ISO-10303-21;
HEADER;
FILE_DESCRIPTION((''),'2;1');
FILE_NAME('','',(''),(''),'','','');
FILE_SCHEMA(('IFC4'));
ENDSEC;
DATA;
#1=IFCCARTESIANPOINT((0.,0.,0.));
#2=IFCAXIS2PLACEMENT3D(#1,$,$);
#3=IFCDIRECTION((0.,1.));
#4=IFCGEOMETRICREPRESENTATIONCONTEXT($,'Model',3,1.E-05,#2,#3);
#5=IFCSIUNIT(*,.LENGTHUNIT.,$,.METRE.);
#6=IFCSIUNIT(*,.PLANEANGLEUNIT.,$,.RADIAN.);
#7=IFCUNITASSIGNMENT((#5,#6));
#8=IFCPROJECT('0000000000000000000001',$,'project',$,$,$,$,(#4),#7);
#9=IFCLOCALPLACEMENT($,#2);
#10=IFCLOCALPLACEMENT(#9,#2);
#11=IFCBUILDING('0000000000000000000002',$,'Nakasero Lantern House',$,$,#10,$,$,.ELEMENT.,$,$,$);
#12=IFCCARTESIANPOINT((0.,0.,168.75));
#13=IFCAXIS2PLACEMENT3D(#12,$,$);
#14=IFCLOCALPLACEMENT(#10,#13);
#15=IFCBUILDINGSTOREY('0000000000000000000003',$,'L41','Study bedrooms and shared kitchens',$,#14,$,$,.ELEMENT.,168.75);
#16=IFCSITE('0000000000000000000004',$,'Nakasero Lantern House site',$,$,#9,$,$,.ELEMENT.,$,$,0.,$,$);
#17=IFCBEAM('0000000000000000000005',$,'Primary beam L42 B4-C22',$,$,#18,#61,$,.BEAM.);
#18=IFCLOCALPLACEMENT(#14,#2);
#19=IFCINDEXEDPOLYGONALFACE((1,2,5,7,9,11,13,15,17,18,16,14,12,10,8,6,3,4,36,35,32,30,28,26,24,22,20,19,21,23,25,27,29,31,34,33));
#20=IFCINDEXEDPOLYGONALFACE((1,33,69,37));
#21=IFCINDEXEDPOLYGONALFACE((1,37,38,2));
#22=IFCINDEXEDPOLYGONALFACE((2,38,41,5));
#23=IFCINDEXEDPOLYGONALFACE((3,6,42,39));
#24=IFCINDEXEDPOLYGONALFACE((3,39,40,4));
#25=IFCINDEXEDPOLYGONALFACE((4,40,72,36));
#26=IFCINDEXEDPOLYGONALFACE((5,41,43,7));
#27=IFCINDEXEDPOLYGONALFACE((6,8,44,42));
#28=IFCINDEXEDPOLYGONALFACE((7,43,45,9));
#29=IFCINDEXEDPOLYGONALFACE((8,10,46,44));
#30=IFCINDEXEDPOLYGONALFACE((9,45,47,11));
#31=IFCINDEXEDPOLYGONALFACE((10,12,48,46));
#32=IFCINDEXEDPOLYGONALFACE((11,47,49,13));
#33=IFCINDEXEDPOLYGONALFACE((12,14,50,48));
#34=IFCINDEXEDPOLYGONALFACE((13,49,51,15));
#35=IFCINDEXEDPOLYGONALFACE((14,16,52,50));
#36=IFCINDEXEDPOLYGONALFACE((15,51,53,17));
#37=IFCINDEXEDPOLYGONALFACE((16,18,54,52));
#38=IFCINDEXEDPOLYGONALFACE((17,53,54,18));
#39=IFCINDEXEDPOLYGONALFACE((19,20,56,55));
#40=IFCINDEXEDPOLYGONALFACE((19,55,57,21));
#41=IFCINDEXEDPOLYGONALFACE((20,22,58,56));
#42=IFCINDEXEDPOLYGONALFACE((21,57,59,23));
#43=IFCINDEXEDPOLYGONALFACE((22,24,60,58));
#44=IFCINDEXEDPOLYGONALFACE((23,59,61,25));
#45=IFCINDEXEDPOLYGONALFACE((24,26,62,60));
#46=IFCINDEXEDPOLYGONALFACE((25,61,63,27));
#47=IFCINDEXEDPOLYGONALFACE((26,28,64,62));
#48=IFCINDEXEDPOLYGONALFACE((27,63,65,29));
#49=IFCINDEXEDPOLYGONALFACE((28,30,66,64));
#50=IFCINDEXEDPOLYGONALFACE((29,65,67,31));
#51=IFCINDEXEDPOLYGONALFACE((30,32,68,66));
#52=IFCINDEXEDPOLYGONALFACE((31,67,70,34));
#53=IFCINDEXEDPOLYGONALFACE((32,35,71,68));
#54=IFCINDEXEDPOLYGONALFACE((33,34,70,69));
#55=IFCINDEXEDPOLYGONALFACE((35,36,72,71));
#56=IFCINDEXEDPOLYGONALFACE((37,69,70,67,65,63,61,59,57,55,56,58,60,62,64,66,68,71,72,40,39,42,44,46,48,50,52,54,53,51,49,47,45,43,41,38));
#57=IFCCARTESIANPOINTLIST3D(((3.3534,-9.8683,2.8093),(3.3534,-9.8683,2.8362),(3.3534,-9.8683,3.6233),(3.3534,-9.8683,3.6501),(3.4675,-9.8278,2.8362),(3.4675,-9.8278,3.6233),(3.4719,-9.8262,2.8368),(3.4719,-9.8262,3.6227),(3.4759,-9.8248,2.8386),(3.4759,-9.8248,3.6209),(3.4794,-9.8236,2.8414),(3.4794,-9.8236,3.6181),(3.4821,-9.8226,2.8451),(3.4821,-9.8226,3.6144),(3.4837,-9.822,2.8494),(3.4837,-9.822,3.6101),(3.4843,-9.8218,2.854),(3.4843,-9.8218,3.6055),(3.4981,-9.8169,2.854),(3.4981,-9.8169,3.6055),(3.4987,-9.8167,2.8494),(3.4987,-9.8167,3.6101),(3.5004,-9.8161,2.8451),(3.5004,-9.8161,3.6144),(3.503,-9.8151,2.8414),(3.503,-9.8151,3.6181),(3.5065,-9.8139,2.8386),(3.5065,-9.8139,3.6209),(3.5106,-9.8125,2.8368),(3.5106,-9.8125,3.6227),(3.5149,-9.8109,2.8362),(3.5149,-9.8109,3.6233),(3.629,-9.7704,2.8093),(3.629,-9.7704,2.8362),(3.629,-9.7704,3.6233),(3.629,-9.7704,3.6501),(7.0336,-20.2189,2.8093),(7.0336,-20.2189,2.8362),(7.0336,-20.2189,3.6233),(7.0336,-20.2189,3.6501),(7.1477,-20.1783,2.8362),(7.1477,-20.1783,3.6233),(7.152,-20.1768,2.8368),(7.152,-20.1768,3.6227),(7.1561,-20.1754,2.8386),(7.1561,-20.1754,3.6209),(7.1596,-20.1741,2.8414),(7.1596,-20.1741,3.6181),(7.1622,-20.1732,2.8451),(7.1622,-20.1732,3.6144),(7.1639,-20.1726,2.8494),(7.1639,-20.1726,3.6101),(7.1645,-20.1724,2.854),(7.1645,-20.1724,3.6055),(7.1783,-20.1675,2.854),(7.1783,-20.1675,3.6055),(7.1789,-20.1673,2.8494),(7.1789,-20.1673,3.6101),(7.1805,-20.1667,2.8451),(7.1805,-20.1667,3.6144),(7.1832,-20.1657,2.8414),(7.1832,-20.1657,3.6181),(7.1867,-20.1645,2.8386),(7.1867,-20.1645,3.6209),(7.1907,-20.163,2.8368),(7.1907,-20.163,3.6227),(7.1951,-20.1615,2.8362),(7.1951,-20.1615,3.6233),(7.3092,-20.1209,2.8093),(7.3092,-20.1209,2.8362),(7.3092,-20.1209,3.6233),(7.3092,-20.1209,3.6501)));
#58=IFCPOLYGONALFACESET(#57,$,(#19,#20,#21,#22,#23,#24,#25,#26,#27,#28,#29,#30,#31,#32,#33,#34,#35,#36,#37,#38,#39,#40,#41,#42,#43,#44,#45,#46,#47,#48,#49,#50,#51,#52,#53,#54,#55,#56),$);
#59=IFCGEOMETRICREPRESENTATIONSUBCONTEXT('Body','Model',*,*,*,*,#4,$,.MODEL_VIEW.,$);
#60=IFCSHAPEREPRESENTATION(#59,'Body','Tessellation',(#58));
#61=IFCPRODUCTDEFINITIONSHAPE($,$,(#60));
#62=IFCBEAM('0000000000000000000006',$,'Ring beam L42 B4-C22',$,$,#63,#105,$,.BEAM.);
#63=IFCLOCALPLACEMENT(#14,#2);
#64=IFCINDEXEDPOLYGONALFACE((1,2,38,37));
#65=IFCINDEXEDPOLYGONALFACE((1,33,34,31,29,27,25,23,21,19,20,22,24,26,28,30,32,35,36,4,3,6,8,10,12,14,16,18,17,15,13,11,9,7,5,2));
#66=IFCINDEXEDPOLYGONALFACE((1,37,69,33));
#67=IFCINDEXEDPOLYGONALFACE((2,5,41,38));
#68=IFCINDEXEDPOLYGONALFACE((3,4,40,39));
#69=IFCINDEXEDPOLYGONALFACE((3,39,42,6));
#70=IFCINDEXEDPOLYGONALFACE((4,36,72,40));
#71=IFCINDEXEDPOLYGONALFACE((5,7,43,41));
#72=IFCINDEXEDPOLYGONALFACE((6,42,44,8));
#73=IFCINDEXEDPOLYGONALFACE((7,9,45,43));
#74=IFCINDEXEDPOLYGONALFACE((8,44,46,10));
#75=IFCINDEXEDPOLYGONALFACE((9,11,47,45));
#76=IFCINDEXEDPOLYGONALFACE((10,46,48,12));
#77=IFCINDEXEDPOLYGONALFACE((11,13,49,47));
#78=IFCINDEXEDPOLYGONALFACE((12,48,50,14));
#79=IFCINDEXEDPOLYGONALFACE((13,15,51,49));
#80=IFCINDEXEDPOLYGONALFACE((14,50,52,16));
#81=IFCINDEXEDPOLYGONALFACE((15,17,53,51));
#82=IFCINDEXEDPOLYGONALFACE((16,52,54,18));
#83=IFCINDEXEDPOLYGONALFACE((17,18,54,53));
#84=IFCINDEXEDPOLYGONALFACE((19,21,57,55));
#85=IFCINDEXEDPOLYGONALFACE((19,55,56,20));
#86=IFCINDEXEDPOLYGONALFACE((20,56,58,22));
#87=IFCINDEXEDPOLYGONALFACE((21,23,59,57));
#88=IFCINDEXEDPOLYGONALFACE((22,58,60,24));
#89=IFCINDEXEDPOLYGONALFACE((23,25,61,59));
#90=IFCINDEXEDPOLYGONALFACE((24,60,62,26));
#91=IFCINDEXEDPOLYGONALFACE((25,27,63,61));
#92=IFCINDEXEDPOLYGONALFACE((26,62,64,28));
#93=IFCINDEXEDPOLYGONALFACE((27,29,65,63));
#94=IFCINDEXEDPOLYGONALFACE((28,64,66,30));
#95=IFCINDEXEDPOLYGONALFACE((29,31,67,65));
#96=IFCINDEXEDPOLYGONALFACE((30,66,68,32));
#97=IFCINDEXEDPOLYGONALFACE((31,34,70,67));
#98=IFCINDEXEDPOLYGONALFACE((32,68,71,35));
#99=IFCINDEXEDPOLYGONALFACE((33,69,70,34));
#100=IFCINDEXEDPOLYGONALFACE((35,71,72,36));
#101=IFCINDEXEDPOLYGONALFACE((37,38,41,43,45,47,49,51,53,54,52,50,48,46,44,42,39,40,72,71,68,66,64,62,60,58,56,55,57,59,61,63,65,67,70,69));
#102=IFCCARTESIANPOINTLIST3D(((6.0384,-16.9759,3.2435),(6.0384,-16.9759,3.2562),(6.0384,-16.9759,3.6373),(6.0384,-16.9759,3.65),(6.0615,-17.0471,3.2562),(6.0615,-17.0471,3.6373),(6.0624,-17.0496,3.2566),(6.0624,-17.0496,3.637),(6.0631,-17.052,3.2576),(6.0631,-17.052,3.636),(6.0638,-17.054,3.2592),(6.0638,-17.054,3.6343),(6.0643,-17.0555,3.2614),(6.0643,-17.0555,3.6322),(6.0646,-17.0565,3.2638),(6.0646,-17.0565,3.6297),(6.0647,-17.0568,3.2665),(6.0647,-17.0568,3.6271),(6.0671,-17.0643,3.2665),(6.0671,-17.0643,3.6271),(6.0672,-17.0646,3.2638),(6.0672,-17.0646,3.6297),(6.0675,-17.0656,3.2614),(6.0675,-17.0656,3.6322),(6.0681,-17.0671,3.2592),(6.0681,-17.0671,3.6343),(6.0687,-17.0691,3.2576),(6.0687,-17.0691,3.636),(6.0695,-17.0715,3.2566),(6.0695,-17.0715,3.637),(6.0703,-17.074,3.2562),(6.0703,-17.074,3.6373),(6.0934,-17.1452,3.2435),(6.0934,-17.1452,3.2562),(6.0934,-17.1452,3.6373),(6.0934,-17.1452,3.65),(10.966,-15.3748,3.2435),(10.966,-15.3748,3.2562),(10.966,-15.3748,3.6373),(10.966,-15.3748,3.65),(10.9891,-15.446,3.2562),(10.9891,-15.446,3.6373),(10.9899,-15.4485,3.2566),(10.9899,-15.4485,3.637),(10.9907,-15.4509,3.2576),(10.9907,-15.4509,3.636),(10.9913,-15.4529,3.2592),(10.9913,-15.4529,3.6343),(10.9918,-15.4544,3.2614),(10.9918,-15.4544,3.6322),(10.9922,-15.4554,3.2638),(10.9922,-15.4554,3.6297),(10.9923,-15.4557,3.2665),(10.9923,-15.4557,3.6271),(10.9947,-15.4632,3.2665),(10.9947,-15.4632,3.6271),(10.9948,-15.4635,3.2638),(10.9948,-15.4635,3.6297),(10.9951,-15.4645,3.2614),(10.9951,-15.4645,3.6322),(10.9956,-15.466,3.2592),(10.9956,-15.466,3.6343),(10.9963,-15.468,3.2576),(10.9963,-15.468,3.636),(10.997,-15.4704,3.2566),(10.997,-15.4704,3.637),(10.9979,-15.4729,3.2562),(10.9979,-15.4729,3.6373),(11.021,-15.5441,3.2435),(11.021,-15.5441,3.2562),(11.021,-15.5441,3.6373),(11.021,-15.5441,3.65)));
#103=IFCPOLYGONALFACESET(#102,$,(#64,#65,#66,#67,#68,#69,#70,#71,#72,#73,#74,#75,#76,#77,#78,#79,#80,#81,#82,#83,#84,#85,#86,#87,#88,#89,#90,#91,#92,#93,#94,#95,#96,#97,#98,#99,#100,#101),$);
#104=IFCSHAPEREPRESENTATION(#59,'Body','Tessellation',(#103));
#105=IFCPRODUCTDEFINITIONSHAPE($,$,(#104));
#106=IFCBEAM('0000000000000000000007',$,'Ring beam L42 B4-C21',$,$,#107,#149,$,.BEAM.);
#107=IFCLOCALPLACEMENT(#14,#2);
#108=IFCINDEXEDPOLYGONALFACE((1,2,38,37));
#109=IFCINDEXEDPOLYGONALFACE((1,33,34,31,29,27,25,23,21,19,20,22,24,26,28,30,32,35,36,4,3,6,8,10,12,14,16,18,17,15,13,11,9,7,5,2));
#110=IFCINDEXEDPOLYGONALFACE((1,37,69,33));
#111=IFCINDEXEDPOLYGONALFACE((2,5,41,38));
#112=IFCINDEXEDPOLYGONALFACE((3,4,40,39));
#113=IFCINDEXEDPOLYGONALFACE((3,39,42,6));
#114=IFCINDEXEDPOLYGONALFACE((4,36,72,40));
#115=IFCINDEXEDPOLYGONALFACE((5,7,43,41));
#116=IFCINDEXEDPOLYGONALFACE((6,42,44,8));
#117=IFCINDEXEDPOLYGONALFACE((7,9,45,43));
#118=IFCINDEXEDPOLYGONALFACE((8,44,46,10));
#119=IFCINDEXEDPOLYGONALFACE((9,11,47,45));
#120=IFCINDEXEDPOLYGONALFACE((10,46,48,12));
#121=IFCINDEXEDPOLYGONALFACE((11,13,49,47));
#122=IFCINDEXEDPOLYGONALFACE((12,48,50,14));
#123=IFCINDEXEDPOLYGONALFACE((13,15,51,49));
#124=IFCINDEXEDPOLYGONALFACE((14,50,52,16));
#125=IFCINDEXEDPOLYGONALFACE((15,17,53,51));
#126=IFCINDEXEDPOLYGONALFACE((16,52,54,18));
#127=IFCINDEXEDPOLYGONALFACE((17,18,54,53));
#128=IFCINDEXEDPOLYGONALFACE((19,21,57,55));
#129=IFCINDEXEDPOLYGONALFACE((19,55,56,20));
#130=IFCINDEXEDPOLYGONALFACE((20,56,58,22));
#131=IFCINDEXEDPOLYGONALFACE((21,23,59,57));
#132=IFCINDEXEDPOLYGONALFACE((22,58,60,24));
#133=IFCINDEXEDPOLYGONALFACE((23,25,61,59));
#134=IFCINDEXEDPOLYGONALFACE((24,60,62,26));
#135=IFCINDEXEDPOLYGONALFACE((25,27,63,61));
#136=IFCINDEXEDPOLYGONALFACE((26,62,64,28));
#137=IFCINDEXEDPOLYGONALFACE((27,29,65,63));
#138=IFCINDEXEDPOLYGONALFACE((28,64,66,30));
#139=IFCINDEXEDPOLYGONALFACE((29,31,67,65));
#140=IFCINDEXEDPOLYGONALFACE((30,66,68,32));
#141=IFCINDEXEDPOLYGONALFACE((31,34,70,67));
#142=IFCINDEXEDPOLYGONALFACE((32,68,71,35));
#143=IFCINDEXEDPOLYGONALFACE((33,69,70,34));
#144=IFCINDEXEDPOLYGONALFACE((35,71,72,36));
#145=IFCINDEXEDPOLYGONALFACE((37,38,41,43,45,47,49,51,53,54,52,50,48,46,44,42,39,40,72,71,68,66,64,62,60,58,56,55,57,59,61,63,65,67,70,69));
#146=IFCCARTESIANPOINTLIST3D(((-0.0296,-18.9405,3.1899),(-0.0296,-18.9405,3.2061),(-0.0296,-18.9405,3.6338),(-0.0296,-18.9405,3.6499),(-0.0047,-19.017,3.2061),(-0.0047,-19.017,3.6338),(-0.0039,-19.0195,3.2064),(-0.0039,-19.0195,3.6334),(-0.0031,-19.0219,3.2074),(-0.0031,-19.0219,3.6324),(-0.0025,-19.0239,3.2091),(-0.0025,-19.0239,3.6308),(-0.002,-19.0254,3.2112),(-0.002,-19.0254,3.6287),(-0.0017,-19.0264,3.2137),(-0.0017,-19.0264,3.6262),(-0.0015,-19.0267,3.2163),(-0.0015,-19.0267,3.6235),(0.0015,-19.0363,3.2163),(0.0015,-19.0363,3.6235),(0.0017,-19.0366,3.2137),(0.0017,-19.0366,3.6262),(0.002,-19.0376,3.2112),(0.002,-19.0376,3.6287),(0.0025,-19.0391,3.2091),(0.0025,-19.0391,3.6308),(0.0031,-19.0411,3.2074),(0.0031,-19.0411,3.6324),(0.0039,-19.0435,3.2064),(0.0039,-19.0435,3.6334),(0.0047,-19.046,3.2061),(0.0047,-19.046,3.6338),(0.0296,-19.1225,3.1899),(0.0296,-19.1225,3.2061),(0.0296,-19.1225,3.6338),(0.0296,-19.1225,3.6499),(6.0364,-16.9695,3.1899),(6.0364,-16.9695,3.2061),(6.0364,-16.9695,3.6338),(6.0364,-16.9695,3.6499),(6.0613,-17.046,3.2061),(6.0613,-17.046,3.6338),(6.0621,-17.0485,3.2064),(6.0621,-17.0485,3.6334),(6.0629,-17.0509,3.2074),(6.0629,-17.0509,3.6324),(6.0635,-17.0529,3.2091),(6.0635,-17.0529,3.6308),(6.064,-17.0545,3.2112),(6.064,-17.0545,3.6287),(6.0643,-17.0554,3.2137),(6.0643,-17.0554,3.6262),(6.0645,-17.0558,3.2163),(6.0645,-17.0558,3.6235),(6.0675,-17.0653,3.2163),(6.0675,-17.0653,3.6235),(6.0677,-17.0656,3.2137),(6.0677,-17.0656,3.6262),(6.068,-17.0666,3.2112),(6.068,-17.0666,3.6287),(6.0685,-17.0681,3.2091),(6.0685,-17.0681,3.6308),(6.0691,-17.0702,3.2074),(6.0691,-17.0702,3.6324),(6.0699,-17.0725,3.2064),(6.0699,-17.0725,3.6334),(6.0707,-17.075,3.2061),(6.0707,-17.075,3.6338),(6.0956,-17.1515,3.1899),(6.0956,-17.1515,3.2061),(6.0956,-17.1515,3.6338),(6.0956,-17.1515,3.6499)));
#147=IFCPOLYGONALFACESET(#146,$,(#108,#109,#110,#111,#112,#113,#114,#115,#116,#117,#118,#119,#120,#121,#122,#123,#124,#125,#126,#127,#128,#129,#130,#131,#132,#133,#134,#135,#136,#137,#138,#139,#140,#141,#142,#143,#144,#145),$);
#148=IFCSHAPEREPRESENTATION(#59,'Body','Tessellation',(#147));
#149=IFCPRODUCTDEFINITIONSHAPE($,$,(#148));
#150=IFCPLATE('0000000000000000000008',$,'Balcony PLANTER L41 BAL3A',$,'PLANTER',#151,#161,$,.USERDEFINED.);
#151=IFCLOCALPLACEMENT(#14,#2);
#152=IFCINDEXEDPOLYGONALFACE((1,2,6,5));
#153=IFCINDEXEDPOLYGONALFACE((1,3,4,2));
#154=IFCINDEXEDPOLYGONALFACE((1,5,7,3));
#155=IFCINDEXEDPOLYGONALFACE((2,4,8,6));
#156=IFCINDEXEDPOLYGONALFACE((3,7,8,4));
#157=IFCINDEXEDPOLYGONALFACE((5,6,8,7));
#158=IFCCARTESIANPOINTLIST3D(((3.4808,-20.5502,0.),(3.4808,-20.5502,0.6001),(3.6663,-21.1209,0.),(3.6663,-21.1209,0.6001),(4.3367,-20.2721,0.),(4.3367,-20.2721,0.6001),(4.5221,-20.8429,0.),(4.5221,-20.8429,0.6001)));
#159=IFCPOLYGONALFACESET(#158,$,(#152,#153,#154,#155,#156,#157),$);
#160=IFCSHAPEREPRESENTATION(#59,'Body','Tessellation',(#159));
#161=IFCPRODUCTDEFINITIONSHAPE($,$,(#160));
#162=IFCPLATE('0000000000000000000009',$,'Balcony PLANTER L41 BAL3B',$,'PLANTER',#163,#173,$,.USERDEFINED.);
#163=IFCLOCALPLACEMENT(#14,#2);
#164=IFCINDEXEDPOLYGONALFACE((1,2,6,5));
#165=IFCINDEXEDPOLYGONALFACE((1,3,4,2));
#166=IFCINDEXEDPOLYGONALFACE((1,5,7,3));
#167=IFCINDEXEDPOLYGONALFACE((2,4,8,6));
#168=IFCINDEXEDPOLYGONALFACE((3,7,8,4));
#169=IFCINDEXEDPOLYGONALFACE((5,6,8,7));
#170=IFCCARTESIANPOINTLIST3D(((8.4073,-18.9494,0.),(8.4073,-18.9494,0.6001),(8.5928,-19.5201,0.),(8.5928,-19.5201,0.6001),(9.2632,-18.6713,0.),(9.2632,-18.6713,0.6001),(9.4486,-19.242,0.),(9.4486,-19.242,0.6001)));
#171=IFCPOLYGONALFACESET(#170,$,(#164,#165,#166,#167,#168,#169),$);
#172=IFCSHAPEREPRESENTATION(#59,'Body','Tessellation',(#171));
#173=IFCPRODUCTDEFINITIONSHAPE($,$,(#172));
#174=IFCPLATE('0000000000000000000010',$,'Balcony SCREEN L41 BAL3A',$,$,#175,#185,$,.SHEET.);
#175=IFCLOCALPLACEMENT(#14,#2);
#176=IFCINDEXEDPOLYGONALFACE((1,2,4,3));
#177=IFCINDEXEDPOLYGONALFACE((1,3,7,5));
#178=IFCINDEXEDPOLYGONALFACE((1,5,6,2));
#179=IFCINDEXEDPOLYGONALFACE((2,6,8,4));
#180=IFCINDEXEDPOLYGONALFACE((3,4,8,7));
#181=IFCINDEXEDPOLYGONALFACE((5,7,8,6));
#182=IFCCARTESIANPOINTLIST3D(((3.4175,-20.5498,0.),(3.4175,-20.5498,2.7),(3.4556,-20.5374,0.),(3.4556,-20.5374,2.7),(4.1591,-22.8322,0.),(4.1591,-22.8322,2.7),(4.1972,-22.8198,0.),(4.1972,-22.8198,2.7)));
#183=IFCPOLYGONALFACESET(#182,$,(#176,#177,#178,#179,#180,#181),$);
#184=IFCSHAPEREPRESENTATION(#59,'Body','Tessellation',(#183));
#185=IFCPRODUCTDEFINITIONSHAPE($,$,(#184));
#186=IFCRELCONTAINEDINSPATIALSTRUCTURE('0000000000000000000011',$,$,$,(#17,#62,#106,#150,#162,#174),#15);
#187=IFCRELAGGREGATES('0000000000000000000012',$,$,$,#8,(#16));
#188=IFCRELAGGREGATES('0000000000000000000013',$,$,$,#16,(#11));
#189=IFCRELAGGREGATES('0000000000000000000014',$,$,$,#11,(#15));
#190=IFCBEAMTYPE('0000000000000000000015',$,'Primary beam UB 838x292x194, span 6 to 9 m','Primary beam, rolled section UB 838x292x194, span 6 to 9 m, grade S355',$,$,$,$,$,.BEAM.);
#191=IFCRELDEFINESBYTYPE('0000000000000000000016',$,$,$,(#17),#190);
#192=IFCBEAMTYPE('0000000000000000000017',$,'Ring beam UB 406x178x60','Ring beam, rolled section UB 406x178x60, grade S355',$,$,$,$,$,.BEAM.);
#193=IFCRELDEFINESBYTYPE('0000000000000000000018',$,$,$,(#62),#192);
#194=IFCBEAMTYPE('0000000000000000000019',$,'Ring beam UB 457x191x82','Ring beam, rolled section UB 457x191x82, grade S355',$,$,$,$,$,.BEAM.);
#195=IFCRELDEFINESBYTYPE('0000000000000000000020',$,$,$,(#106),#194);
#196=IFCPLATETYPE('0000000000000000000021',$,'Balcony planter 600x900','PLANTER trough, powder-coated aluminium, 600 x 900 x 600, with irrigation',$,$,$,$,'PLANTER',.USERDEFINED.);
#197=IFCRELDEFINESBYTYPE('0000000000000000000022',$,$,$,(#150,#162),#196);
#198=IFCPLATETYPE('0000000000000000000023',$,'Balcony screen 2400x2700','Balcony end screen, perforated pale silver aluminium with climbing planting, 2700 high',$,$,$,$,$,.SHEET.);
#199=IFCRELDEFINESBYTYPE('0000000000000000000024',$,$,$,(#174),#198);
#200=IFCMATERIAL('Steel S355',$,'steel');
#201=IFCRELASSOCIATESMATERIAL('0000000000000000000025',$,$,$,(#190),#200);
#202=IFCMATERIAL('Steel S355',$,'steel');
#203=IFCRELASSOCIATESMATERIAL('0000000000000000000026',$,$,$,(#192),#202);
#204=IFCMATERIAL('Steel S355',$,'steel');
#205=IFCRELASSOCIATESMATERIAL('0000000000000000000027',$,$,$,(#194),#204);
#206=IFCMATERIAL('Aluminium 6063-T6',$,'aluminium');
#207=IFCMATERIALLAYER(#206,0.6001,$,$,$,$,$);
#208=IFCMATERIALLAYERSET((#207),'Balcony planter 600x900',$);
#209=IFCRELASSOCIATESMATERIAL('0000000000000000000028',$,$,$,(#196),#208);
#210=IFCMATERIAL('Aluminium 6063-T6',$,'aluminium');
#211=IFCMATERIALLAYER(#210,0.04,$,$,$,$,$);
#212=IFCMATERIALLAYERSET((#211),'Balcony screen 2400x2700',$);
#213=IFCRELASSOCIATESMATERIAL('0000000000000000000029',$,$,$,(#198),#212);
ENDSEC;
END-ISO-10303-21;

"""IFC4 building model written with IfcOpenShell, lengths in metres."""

from ifc_helpers import new_model, si_unit, direction, frame, origin, origin_2d, place, context, subcontext, project, spatial, rectangle, i_section, extrude, material, layer, layer_set, material_profile, profile_set, type_object, element, save


model = new_model("IFC4")

# Units and contexts
model_context = context("Model", 3, precision=1e-05, world=origin(), true_north=direction((0.0, 1.0)))
body_context = subcontext(model_context, "Body", "Model", "MODEL_VIEW")
ifc_project = project(units=[si_unit("LENGTHUNIT", "METRE"), si_unit("PLANEANGLEUNIT", "RADIAN")], contexts=[model_context])

# Site, building, storey
site_placement = place(None, origin())
site = spatial("IfcSite", under=ifc_project, at=site_placement, Name="Nakasero Lantern House site", CompositionType="ELEMENT", RefElevation=0.0)
building_placement = place(site_placement, origin())
building = spatial("IfcBuilding", under=site, at=building_placement, Name="Nakasero Lantern House", CompositionType="ELEMENT")
storey_placement = place(building_placement, frame((0.0, 0.0, 168.75)))
storey = spatial("IfcBuildingStorey", under=building, at=storey_placement, Name="L41", Description="Study bedrooms and shared kitchens", CompositionType="ELEMENT", Elevation=168.75)

# Beams
ifc_material_1 = material(Name="Steel S355", Category="steel")
ifc_material_profile_1 = material_profile(ifc_material_1, i_section(OverallWidth=0.2925, OverallDepth=0.8408, WebThickness=0.0146, FlangeThickness=0.0269, FilletRadius=0.0178, at=origin_2d()), Name="UB 838x292x194")
ifc_profile_set_1 = profile_set([ifc_material_profile_1], Name="Steel S355")
beam_type_1 = type_object("IfcBeamType", Name="Primary beam UB 838x292x194, span 6 to 9 m", Description="Primary beam, rolled section UB 838x292x194, span 6 to 9 m, grade S355", PredefinedType="BEAM", material=ifc_profile_set_1)
beam_1_placement = place(storey_placement, frame((7.1714, -20.1699, 3.2297), z_axis=(-0.335007, 0.942216, 0.0), x_axis=(-0.942216, -0.335007, 0.0)))
element("IfcBeam", 1, at=beam_1_placement, inside=storey, type_object=beam_type_1, Name="Primary beam L42 B4-C22", PredefinedType="BEAM", context=body_context, shape_type="SweptSolid", body=[
    extrude(i_section(OverallWidth=0.2925, OverallDepth=0.8408, WebThickness=0.0146, FlangeThickness=0.0269, FilletRadius=0.0178, at=origin_2d()), origin(), (0.0, 0.0, 1.0), 10.9854),
])
ifc_material_2 = material(Name="Steel S355", Category="steel")
ifc_material_profile_2 = material_profile(ifc_material_2, i_section(OverallWidth=0.178, OverallDepth=0.4065, WebThickness=0.0078, FlangeThickness=0.0127, FilletRadius=0.0103, at=origin_2d()), Name="UB 406x178x60")
ifc_profile_set_2 = profile_set([ifc_material_profile_2], Name="Steel S355")
beam_type_2 = type_object("IfcBeamType", Name="Ring beam UB 406x178x60", Description="Ring beam, rolled section UB 406x178x60, grade S355", PredefinedType="BEAM", material=ifc_profile_set_2)
beam_2_placement = place(storey_placement, frame((6.0659, -17.0605, 3.4468), z_axis=(0.951054, 0.309023, 0.0), x_axis=(-0.309023, 0.951054, 0.0)))
element("IfcBeam", 2, at=beam_2_placement, inside=storey, type_object=beam_type_2, Name="Ring beam L42 B4-C22", PredefinedType="BEAM", context=body_context, shape_type="SweptSolid", body=[
    extrude(i_section(OverallWidth=0.178, OverallDepth=0.4065, WebThickness=0.0078, FlangeThickness=0.0127, FilletRadius=0.0103, at=origin_2d()), origin(), (0.0, 0.0, 1.0), 5.1812),
])
ifc_material_3 = material(Name="Steel S355", Category="steel")
ifc_material_profile_3 = material_profile(ifc_material_3, i_section(OverallWidth=0.1914, OverallDepth=0.46, WebThickness=0.01, FlangeThickness=0.0161, FilletRadius=0.0103, at=origin_2d()), Name="UB 457x191x82")
ifc_profile_set_3 = profile_set([ifc_material_profile_3], Name="Steel S355")
beam_type_3 = type_object("IfcBeamType", Name="Ring beam UB 457x191x82", Description="Ring beam, rolled section UB 457x191x82, grade S355", PredefinedType="BEAM", material=ifc_profile_set_3)
beam_3_placement = place(storey_placement, frame((0.0, -19.0315, 3.4199), z_axis=(0.951056, 0.309019, 0.0), x_axis=(-0.309019, 0.951056, 0.0)))
element("IfcBeam", 3, at=beam_3_placement, inside=storey, type_object=beam_type_3, Name="Ring beam L42 B4-C21", PredefinedType="BEAM", context=body_context, shape_type="SweptSolid", body=[
    extrude(i_section(OverallWidth=0.1914, OverallDepth=0.46, WebThickness=0.01, FlangeThickness=0.0161, FilletRadius=0.0103, at=origin_2d()), origin(), (0.0, 0.0, 1.0), 6.3782),
])

# Plates
ifc_material_4 = material(Name="Aluminium 6063-T6", Category="aluminium")
ifc_layer_1 = layer(ifc_material_4, 0.6001)
ifc_layer_set_1 = layer_set([ifc_layer_1], Name="Balcony planter 600x900")
plate_type_1 = type_object("IfcPlateType", Name="Balcony planter 600x900", Description="PLANTER trough, powder-coated aluminium, 600 x 900 x 600, with irrigation", ElementType="PLANTER", PredefinedType="USERDEFINED", material=ifc_layer_set_1)
for number, where, z_axis, x_axis, name in (
    (4, (4.0015, -20.6965, 0.0), (0.0, 0.0, 1.0), (0.309017, -0.951057, 0.0), "Balcony PLANTER L41 BAL3A"),
    (5, (8.928, -19.0957, 0.0), (0.0, 0.0, 1.0), (0.309017, -0.951057, 0.0), "Balcony PLANTER L41 BAL3B"),
):
    element("IfcPlate", number, at=place(storey_placement, frame(where, z_axis=z_axis, x_axis=x_axis)), inside=storey, type_object=plate_type_1, Name=name, ObjectType="PLANTER", PredefinedType="USERDEFINED", context=body_context, shape_type="SweptSolid", body=[
        extrude(rectangle(XDim=0.6001, YDim=0.8999, at=origin_2d()), origin(), (0.0, 0.0, 1.0), 0.6001),
    ])
ifc_material_5 = material(Name="Aluminium 6063-T6", Category="aluminium")
ifc_layer_2 = layer(ifc_material_5, 0.04)
ifc_layer_set_2 = layer_set([ifc_layer_2], Name="Balcony screen 2400x2700")
plate_type_2 = type_object("IfcPlateType", Name="Balcony screen 2400x2700", Description="Balcony end screen, perforated pale silver aluminium with climbing planting, 2700 high", PredefinedType="SHEET", material=ifc_layer_set_2)
for number, where, z_axis, x_axis, name in (
    (6, (3.8074, -21.6848, 0.0), (0.0, 0.0, 1.0), (0.309017, -0.951057, 0.0), "Balcony SCREEN L41 BAL3A"),
):
    element("IfcPlate", number, at=place(storey_placement, frame(where, z_axis=z_axis, x_axis=x_axis)), inside=storey, type_object=plate_type_2, Name=name, PredefinedType="SHEET", context=body_context, shape_type="SweptSolid", body=[
        extrude(rectangle(XDim=2.3999, YDim=0.04, at=origin_2d()), origin(), (0.0, 0.0, 1.0), 2.7),
    ])

save(model, "model.ifc")
